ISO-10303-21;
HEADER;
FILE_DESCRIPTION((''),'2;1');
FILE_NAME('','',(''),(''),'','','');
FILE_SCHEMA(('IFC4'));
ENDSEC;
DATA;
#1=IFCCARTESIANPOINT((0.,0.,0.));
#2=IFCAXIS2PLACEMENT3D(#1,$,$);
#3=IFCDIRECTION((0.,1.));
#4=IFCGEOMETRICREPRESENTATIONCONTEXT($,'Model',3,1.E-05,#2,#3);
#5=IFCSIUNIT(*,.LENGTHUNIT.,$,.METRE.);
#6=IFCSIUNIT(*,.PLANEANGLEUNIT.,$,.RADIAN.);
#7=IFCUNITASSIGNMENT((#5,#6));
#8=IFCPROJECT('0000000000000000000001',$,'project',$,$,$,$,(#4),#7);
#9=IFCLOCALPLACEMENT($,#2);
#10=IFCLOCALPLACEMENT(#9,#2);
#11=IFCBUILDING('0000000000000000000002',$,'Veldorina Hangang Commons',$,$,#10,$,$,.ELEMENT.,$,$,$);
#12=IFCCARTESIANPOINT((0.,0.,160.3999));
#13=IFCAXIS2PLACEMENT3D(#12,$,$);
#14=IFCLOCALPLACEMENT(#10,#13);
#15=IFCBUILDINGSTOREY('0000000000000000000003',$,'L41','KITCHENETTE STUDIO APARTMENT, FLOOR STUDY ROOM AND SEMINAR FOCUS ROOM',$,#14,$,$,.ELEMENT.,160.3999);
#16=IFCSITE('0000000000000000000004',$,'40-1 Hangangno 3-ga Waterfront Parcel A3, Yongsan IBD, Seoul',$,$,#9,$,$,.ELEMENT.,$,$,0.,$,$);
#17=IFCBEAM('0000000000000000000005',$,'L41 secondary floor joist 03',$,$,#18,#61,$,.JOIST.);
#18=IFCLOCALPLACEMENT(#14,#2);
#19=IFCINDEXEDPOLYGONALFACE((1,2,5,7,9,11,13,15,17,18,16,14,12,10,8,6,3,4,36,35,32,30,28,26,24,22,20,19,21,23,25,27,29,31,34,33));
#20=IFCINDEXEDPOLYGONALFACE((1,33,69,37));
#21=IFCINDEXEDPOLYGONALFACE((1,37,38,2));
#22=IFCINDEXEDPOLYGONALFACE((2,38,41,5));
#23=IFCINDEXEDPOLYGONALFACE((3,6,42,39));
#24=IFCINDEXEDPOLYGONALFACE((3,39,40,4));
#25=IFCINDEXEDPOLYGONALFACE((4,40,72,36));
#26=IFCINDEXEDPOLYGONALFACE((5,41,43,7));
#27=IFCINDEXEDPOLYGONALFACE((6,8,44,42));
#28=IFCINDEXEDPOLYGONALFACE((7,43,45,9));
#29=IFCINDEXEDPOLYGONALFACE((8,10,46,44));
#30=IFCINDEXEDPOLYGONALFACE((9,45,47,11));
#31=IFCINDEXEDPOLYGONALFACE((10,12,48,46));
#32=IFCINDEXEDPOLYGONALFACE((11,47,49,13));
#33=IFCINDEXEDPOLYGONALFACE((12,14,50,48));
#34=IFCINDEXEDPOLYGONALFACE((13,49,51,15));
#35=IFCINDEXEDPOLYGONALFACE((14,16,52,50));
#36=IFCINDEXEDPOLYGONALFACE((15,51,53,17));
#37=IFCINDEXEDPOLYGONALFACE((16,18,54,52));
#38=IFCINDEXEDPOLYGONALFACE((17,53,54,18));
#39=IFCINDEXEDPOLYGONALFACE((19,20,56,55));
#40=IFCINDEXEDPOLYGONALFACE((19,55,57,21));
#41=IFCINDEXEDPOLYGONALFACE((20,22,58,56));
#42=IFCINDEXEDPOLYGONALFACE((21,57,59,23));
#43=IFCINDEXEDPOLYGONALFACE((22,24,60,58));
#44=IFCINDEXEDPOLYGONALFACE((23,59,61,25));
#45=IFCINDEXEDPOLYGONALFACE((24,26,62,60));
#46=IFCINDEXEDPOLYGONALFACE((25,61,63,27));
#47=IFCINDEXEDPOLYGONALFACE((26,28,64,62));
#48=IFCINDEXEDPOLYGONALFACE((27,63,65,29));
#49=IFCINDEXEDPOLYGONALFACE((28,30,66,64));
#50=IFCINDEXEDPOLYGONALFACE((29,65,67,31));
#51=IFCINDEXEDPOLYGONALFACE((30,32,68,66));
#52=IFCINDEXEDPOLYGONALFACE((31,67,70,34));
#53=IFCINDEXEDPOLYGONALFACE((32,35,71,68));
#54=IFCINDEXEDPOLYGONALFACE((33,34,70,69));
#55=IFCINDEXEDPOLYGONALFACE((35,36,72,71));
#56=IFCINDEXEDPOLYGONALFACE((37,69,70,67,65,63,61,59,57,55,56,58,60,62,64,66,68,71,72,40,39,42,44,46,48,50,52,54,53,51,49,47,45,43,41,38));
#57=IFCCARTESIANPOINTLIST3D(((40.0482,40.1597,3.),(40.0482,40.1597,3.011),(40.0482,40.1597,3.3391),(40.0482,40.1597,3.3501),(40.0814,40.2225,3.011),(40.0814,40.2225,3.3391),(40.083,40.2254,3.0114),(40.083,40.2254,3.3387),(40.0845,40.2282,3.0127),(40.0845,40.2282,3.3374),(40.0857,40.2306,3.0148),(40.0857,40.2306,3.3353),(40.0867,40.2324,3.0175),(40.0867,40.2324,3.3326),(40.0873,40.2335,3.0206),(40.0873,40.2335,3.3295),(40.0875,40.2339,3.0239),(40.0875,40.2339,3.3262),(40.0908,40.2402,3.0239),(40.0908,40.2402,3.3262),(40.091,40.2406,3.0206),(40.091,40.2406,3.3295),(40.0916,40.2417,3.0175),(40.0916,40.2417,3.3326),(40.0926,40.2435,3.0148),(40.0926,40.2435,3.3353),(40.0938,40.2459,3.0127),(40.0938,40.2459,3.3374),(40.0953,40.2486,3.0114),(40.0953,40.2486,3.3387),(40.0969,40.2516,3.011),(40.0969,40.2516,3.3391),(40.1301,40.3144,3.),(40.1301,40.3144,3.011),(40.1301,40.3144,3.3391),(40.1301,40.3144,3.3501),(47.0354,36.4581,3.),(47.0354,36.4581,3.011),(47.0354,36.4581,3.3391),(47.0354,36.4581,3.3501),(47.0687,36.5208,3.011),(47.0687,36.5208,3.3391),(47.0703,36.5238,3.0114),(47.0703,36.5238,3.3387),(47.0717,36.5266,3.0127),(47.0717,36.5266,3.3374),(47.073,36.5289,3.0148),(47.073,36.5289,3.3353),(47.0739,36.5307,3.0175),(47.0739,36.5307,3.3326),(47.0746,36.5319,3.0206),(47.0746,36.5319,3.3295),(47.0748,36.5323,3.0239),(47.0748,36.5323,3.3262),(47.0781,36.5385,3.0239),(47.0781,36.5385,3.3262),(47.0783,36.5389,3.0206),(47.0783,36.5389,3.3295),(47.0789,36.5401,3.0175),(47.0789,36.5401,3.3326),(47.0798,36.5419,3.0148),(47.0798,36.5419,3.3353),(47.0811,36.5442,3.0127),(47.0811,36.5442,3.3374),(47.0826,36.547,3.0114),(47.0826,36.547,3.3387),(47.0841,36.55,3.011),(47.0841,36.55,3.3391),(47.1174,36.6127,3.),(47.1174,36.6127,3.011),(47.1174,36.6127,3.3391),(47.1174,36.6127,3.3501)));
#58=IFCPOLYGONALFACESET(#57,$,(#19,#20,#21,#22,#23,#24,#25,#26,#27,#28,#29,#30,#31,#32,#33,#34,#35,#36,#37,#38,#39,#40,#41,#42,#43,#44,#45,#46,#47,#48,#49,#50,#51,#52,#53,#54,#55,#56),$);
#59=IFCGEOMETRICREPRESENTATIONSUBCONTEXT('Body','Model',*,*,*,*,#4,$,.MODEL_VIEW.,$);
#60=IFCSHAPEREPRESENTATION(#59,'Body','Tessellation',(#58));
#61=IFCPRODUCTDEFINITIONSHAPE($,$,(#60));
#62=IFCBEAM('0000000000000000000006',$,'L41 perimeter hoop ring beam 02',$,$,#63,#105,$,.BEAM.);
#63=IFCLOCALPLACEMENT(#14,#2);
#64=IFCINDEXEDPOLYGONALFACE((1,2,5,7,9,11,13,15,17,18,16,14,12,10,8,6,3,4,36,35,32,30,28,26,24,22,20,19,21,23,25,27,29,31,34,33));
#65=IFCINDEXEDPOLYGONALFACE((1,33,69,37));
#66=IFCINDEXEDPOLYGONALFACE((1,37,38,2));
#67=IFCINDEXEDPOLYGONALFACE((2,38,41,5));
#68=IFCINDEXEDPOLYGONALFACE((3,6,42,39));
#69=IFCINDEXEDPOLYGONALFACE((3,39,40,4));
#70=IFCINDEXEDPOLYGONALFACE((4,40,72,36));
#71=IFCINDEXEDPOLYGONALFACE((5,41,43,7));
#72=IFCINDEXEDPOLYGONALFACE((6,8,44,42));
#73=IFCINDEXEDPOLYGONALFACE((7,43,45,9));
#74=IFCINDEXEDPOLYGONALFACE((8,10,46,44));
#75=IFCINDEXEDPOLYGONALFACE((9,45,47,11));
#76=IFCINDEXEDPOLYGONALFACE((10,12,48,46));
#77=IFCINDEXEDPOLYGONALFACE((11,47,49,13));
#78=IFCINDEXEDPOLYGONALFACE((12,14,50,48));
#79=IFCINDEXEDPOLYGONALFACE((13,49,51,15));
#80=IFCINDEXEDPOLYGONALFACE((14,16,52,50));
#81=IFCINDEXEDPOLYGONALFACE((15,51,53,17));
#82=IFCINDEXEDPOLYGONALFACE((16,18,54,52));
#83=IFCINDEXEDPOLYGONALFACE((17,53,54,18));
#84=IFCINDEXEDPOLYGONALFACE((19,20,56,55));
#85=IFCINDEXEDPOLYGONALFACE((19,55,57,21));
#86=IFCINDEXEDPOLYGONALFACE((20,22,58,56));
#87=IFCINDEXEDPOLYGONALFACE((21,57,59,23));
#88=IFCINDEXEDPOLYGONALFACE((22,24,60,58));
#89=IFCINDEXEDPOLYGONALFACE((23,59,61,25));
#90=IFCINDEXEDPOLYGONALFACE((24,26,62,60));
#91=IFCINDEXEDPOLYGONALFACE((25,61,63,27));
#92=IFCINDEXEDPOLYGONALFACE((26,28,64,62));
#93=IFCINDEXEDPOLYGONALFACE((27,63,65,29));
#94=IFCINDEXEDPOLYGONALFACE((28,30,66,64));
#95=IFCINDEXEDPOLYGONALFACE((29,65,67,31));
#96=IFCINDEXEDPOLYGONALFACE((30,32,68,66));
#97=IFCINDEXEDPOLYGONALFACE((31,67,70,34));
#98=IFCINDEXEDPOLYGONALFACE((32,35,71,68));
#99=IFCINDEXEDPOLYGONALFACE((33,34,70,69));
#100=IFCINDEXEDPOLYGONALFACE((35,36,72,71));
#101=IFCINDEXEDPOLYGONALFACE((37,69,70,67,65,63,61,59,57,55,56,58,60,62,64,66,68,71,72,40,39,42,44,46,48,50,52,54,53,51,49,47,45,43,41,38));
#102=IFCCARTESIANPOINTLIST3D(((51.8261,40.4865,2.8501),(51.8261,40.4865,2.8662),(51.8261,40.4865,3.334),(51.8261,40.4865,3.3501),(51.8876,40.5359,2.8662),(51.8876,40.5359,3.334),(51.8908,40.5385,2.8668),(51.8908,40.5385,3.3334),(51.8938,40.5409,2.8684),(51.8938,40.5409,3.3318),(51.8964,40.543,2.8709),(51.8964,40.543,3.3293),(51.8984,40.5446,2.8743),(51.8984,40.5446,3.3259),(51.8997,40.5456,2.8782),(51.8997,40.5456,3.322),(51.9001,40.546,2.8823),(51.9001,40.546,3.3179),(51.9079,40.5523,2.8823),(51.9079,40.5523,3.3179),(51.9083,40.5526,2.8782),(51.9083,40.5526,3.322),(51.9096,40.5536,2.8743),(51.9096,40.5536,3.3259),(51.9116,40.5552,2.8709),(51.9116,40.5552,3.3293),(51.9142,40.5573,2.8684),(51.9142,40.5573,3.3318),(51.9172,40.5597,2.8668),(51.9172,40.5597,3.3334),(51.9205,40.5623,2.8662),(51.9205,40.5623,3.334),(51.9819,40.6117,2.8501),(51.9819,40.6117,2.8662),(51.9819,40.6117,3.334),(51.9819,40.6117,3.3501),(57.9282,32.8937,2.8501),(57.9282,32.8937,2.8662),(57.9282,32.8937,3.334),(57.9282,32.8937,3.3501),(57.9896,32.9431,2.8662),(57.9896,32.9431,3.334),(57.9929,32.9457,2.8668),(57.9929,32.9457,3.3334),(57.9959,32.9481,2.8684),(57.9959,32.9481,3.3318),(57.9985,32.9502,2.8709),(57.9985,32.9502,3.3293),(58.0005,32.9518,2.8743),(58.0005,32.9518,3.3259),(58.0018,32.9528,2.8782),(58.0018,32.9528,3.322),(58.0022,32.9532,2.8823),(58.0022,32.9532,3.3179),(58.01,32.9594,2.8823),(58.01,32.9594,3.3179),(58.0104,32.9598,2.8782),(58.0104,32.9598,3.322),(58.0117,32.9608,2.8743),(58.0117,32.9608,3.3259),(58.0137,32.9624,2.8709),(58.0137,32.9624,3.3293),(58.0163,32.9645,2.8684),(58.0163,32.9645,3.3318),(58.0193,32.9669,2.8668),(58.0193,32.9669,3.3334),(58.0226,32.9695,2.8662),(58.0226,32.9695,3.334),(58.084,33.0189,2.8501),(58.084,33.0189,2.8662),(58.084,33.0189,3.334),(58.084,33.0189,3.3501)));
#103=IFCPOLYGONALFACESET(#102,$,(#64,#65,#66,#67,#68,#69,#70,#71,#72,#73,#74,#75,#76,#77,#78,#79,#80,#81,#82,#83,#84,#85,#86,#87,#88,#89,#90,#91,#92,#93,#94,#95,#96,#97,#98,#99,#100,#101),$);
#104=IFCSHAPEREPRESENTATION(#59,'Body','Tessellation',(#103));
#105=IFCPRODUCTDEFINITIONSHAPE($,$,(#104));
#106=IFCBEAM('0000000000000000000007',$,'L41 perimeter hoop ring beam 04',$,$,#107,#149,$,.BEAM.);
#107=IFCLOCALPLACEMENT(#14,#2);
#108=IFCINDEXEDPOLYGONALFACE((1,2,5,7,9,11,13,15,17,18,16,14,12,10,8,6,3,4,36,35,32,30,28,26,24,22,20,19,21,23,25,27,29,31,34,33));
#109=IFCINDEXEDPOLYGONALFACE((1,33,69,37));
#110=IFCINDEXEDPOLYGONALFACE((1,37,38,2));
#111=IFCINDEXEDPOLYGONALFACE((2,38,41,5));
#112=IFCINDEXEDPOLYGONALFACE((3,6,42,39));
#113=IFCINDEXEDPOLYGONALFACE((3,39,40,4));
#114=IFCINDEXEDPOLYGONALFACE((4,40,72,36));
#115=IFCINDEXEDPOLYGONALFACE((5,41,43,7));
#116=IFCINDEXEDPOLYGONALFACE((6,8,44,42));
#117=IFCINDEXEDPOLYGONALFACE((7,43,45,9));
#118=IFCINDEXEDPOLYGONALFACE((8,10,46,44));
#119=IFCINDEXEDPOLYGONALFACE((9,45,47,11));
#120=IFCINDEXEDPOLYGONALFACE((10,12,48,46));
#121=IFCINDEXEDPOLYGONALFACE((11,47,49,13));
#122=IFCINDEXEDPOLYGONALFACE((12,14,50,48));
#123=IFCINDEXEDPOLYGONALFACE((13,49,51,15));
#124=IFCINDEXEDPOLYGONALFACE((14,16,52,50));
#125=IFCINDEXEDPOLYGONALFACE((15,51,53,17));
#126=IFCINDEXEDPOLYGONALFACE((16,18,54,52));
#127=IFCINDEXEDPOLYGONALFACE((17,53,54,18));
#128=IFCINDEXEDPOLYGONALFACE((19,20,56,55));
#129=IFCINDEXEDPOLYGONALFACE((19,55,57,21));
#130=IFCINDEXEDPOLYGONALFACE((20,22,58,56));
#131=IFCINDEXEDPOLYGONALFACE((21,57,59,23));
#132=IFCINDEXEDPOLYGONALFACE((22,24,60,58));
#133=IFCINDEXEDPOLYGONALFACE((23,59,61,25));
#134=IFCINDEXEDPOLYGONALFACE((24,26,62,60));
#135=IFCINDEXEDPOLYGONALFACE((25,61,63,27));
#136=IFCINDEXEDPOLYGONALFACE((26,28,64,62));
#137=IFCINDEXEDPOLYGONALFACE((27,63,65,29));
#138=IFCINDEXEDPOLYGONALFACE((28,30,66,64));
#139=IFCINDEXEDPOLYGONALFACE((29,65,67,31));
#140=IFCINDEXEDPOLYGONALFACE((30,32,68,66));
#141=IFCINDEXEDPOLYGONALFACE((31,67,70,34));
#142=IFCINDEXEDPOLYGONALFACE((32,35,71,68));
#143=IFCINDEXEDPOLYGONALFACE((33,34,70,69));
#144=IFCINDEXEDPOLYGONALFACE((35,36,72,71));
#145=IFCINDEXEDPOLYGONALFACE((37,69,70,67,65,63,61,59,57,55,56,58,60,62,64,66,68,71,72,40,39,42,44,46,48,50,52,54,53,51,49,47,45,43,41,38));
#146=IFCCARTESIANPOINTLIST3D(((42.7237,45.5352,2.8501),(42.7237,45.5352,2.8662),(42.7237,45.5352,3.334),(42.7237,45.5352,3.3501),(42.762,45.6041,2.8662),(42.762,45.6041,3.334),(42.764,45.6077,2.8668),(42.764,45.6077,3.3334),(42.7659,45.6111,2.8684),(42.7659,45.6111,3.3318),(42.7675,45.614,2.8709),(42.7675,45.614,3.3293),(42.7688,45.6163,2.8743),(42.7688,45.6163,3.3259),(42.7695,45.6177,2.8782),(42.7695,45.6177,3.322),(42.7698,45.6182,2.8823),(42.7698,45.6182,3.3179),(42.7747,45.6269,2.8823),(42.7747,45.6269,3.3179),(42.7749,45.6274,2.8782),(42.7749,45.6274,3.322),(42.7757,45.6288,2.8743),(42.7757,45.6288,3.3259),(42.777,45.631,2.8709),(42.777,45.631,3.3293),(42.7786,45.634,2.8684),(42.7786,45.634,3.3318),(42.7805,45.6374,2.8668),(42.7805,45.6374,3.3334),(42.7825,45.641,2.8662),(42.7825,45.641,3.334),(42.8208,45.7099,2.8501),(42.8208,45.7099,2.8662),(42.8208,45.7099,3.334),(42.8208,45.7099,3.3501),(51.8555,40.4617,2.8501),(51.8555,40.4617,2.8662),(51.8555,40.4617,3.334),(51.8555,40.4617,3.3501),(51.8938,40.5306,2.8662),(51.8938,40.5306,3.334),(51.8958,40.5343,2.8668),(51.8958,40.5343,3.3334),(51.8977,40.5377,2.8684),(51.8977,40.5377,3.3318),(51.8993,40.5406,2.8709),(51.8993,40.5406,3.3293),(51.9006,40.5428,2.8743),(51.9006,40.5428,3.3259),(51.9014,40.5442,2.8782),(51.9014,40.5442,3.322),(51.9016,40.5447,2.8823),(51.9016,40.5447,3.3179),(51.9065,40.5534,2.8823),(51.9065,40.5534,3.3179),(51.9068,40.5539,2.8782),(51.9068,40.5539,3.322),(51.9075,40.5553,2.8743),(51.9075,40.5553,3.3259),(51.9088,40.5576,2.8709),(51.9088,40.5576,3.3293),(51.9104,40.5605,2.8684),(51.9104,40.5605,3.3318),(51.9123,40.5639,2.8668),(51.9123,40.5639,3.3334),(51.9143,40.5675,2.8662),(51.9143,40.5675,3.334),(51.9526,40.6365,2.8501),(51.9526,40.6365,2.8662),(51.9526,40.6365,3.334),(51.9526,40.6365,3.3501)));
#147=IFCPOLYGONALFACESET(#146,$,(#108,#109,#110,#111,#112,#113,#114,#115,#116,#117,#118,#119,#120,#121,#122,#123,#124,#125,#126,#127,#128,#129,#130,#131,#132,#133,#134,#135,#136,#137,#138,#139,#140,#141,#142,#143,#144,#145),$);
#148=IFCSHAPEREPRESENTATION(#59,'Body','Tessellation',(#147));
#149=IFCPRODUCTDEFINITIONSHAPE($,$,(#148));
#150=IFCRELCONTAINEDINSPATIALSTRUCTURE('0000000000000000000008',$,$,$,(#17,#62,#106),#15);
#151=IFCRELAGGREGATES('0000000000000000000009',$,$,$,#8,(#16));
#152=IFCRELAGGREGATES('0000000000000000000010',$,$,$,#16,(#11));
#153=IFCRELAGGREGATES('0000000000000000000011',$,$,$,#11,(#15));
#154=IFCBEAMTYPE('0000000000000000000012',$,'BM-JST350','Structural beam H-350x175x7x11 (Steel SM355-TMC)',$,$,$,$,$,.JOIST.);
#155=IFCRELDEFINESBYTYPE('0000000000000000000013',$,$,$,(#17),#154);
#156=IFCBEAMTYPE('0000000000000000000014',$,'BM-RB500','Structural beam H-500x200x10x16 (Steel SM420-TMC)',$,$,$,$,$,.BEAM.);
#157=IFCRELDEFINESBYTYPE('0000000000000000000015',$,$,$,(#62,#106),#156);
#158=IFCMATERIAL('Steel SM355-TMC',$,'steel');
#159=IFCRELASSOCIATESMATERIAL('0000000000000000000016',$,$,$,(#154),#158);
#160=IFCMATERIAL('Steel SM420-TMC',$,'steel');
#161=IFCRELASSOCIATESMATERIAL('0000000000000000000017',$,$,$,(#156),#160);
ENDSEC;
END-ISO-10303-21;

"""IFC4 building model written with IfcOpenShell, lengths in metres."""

from ifc_helpers import new_model, si_unit, direction, frame, origin, origin_2d, place, context, subcontext, project, spatial, i_section, extrude, material, material_profile, profile_set, type_object, element, save


model = new_model("IFC4")

# Units and contexts
model_context = context("Model", 3, precision=1e-05, world=origin(), true_north=direction((0.0, 1.0)))
body_context = subcontext(model_context, "Body", "Model", "MODEL_VIEW")
ifc_project = project(units=[si_unit("LENGTHUNIT", "METRE"), si_unit("PLANEANGLEUNIT", "RADIAN")], contexts=[model_context])

# Site, building, storey
site_placement = place(None, origin())
site = spatial("IfcSite", under=ifc_project, at=site_placement, Name="40-1 Hangangno 3-ga Waterfront Parcel A3, Yongsan IBD, Seoul", CompositionType="ELEMENT", RefElevation=0.0)
building_placement = place(site_placement, origin())
building = spatial("IfcBuilding", under=site, at=building_placement, Name="Veldorina Hangang Commons", CompositionType="ELEMENT")
storey_placement = place(building_placement, frame((0.0, 0.0, 160.3999)))
storey = spatial("IfcBuildingStorey", under=building, at=storey_placement, Name="L41", Description="KITCHENETTE STUDIO APARTMENT, FLOOR STUDY ROOM AND SEMINAR FOCUS ROOM", CompositionType="ELEMENT", Elevation=160.3999)

# Beams
ifc_material_1 = material(Name="Steel SM355-TMC", Category="steel")
ifc_material_profile_1 = material_profile(ifc_material_1, i_section(OverallWidth=0.175, OverallDepth=0.3501, WebThickness=0.0071, FlangeThickness=0.011, FilletRadius=0.0129, at=origin_2d()), Name="H-350x175x7x11")
ifc_profile_set_1 = profile_set([ifc_material_profile_1], Name="Steel SM355-TMC")
beam_type_1 = type_object("IfcBeamType", Name="BM-JST350", Description="Structural beam H-350x175x7x11 (Steel SM355-TMC)", PredefinedType="JOIST", material=ifc_profile_set_1)
beam_1_placement = place(storey_placement, frame((47.0764, 36.5354, 3.175), z_axis=(-0.883657, 0.468135, 0.0), x_axis=(-0.468135, -0.883657, 0.0)))
element("IfcBeam", 1, at=beam_1_placement, inside=storey, type_object=beam_type_1, Name="L41 secondary floor joist 03", PredefinedType="JOIST", context=body_context, shape_type="SweptSolid", body=[
    extrude(i_section(OverallWidth=0.175, OverallDepth=0.3501, WebThickness=0.0071, FlangeThickness=0.011, FilletRadius=0.0129, at=origin_2d()), origin(), (0.0, 0.0, 1.0), 7.9072),
])
ifc_material_2 = material(Name="Steel SM420-TMC", Category="steel")
ifc_material_profile_2 = material_profile(ifc_material_2, i_section(OverallWidth=0.2, OverallDepth=0.5, WebThickness=0.01, FlangeThickness=0.0161, FilletRadius=0.0161, at=origin_2d()), Name="H-500x200x10x16")
ifc_profile_set_2 = profile_set([ifc_material_profile_2], Name="Steel SM420-TMC")
beam_type_2 = type_object("IfcBeamType", Name="BM-RB500", Description="Structural beam H-500x200x10x16 (Steel SM420-TMC)", PredefinedType="BEAM", material=ifc_profile_set_2)
beam_2_placement = place(storey_placement, frame((58.0061, 32.9563, 3.1001), z_axis=(-0.626436, 0.779473, 0.0), x_axis=(-0.779473, -0.626436, 0.0)))
element("IfcBeam", 2, at=beam_2_placement, inside=storey, type_object=beam_type_2, Name="L41 perimeter hoop ring beam 02", PredefinedType="BEAM", context=body_context, shape_type="SweptSolid", body=[
    extrude(i_section(OverallWidth=0.2, OverallDepth=0.5, WebThickness=0.01, FlangeThickness=0.0161, FilletRadius=0.0161, at=origin_2d()), origin(), (0.0, 0.0, 1.0), 9.741),
])
beam_3_placement = place(storey_placement, frame((51.9041, 40.5491, 3.1001), z_axis=(-0.874147, 0.485661, 0.0), x_axis=(-0.485661, -0.874147, 0.0)))
element("IfcBeam", 3, at=beam_3_placement, inside=storey, type_object=beam_type_2, Name="L41 perimeter hoop ring beam 04", PredefinedType="BEAM", context=body_context, shape_type="SweptSolid", body=[
    extrude(i_section(OverallWidth=0.2, OverallDepth=0.5, WebThickness=0.01, FlangeThickness=0.0161, FilletRadius=0.0161, at=origin_2d()), origin(), (0.0, 0.0, 1.0), 10.4465),
])

save(model, "model.ifc")
